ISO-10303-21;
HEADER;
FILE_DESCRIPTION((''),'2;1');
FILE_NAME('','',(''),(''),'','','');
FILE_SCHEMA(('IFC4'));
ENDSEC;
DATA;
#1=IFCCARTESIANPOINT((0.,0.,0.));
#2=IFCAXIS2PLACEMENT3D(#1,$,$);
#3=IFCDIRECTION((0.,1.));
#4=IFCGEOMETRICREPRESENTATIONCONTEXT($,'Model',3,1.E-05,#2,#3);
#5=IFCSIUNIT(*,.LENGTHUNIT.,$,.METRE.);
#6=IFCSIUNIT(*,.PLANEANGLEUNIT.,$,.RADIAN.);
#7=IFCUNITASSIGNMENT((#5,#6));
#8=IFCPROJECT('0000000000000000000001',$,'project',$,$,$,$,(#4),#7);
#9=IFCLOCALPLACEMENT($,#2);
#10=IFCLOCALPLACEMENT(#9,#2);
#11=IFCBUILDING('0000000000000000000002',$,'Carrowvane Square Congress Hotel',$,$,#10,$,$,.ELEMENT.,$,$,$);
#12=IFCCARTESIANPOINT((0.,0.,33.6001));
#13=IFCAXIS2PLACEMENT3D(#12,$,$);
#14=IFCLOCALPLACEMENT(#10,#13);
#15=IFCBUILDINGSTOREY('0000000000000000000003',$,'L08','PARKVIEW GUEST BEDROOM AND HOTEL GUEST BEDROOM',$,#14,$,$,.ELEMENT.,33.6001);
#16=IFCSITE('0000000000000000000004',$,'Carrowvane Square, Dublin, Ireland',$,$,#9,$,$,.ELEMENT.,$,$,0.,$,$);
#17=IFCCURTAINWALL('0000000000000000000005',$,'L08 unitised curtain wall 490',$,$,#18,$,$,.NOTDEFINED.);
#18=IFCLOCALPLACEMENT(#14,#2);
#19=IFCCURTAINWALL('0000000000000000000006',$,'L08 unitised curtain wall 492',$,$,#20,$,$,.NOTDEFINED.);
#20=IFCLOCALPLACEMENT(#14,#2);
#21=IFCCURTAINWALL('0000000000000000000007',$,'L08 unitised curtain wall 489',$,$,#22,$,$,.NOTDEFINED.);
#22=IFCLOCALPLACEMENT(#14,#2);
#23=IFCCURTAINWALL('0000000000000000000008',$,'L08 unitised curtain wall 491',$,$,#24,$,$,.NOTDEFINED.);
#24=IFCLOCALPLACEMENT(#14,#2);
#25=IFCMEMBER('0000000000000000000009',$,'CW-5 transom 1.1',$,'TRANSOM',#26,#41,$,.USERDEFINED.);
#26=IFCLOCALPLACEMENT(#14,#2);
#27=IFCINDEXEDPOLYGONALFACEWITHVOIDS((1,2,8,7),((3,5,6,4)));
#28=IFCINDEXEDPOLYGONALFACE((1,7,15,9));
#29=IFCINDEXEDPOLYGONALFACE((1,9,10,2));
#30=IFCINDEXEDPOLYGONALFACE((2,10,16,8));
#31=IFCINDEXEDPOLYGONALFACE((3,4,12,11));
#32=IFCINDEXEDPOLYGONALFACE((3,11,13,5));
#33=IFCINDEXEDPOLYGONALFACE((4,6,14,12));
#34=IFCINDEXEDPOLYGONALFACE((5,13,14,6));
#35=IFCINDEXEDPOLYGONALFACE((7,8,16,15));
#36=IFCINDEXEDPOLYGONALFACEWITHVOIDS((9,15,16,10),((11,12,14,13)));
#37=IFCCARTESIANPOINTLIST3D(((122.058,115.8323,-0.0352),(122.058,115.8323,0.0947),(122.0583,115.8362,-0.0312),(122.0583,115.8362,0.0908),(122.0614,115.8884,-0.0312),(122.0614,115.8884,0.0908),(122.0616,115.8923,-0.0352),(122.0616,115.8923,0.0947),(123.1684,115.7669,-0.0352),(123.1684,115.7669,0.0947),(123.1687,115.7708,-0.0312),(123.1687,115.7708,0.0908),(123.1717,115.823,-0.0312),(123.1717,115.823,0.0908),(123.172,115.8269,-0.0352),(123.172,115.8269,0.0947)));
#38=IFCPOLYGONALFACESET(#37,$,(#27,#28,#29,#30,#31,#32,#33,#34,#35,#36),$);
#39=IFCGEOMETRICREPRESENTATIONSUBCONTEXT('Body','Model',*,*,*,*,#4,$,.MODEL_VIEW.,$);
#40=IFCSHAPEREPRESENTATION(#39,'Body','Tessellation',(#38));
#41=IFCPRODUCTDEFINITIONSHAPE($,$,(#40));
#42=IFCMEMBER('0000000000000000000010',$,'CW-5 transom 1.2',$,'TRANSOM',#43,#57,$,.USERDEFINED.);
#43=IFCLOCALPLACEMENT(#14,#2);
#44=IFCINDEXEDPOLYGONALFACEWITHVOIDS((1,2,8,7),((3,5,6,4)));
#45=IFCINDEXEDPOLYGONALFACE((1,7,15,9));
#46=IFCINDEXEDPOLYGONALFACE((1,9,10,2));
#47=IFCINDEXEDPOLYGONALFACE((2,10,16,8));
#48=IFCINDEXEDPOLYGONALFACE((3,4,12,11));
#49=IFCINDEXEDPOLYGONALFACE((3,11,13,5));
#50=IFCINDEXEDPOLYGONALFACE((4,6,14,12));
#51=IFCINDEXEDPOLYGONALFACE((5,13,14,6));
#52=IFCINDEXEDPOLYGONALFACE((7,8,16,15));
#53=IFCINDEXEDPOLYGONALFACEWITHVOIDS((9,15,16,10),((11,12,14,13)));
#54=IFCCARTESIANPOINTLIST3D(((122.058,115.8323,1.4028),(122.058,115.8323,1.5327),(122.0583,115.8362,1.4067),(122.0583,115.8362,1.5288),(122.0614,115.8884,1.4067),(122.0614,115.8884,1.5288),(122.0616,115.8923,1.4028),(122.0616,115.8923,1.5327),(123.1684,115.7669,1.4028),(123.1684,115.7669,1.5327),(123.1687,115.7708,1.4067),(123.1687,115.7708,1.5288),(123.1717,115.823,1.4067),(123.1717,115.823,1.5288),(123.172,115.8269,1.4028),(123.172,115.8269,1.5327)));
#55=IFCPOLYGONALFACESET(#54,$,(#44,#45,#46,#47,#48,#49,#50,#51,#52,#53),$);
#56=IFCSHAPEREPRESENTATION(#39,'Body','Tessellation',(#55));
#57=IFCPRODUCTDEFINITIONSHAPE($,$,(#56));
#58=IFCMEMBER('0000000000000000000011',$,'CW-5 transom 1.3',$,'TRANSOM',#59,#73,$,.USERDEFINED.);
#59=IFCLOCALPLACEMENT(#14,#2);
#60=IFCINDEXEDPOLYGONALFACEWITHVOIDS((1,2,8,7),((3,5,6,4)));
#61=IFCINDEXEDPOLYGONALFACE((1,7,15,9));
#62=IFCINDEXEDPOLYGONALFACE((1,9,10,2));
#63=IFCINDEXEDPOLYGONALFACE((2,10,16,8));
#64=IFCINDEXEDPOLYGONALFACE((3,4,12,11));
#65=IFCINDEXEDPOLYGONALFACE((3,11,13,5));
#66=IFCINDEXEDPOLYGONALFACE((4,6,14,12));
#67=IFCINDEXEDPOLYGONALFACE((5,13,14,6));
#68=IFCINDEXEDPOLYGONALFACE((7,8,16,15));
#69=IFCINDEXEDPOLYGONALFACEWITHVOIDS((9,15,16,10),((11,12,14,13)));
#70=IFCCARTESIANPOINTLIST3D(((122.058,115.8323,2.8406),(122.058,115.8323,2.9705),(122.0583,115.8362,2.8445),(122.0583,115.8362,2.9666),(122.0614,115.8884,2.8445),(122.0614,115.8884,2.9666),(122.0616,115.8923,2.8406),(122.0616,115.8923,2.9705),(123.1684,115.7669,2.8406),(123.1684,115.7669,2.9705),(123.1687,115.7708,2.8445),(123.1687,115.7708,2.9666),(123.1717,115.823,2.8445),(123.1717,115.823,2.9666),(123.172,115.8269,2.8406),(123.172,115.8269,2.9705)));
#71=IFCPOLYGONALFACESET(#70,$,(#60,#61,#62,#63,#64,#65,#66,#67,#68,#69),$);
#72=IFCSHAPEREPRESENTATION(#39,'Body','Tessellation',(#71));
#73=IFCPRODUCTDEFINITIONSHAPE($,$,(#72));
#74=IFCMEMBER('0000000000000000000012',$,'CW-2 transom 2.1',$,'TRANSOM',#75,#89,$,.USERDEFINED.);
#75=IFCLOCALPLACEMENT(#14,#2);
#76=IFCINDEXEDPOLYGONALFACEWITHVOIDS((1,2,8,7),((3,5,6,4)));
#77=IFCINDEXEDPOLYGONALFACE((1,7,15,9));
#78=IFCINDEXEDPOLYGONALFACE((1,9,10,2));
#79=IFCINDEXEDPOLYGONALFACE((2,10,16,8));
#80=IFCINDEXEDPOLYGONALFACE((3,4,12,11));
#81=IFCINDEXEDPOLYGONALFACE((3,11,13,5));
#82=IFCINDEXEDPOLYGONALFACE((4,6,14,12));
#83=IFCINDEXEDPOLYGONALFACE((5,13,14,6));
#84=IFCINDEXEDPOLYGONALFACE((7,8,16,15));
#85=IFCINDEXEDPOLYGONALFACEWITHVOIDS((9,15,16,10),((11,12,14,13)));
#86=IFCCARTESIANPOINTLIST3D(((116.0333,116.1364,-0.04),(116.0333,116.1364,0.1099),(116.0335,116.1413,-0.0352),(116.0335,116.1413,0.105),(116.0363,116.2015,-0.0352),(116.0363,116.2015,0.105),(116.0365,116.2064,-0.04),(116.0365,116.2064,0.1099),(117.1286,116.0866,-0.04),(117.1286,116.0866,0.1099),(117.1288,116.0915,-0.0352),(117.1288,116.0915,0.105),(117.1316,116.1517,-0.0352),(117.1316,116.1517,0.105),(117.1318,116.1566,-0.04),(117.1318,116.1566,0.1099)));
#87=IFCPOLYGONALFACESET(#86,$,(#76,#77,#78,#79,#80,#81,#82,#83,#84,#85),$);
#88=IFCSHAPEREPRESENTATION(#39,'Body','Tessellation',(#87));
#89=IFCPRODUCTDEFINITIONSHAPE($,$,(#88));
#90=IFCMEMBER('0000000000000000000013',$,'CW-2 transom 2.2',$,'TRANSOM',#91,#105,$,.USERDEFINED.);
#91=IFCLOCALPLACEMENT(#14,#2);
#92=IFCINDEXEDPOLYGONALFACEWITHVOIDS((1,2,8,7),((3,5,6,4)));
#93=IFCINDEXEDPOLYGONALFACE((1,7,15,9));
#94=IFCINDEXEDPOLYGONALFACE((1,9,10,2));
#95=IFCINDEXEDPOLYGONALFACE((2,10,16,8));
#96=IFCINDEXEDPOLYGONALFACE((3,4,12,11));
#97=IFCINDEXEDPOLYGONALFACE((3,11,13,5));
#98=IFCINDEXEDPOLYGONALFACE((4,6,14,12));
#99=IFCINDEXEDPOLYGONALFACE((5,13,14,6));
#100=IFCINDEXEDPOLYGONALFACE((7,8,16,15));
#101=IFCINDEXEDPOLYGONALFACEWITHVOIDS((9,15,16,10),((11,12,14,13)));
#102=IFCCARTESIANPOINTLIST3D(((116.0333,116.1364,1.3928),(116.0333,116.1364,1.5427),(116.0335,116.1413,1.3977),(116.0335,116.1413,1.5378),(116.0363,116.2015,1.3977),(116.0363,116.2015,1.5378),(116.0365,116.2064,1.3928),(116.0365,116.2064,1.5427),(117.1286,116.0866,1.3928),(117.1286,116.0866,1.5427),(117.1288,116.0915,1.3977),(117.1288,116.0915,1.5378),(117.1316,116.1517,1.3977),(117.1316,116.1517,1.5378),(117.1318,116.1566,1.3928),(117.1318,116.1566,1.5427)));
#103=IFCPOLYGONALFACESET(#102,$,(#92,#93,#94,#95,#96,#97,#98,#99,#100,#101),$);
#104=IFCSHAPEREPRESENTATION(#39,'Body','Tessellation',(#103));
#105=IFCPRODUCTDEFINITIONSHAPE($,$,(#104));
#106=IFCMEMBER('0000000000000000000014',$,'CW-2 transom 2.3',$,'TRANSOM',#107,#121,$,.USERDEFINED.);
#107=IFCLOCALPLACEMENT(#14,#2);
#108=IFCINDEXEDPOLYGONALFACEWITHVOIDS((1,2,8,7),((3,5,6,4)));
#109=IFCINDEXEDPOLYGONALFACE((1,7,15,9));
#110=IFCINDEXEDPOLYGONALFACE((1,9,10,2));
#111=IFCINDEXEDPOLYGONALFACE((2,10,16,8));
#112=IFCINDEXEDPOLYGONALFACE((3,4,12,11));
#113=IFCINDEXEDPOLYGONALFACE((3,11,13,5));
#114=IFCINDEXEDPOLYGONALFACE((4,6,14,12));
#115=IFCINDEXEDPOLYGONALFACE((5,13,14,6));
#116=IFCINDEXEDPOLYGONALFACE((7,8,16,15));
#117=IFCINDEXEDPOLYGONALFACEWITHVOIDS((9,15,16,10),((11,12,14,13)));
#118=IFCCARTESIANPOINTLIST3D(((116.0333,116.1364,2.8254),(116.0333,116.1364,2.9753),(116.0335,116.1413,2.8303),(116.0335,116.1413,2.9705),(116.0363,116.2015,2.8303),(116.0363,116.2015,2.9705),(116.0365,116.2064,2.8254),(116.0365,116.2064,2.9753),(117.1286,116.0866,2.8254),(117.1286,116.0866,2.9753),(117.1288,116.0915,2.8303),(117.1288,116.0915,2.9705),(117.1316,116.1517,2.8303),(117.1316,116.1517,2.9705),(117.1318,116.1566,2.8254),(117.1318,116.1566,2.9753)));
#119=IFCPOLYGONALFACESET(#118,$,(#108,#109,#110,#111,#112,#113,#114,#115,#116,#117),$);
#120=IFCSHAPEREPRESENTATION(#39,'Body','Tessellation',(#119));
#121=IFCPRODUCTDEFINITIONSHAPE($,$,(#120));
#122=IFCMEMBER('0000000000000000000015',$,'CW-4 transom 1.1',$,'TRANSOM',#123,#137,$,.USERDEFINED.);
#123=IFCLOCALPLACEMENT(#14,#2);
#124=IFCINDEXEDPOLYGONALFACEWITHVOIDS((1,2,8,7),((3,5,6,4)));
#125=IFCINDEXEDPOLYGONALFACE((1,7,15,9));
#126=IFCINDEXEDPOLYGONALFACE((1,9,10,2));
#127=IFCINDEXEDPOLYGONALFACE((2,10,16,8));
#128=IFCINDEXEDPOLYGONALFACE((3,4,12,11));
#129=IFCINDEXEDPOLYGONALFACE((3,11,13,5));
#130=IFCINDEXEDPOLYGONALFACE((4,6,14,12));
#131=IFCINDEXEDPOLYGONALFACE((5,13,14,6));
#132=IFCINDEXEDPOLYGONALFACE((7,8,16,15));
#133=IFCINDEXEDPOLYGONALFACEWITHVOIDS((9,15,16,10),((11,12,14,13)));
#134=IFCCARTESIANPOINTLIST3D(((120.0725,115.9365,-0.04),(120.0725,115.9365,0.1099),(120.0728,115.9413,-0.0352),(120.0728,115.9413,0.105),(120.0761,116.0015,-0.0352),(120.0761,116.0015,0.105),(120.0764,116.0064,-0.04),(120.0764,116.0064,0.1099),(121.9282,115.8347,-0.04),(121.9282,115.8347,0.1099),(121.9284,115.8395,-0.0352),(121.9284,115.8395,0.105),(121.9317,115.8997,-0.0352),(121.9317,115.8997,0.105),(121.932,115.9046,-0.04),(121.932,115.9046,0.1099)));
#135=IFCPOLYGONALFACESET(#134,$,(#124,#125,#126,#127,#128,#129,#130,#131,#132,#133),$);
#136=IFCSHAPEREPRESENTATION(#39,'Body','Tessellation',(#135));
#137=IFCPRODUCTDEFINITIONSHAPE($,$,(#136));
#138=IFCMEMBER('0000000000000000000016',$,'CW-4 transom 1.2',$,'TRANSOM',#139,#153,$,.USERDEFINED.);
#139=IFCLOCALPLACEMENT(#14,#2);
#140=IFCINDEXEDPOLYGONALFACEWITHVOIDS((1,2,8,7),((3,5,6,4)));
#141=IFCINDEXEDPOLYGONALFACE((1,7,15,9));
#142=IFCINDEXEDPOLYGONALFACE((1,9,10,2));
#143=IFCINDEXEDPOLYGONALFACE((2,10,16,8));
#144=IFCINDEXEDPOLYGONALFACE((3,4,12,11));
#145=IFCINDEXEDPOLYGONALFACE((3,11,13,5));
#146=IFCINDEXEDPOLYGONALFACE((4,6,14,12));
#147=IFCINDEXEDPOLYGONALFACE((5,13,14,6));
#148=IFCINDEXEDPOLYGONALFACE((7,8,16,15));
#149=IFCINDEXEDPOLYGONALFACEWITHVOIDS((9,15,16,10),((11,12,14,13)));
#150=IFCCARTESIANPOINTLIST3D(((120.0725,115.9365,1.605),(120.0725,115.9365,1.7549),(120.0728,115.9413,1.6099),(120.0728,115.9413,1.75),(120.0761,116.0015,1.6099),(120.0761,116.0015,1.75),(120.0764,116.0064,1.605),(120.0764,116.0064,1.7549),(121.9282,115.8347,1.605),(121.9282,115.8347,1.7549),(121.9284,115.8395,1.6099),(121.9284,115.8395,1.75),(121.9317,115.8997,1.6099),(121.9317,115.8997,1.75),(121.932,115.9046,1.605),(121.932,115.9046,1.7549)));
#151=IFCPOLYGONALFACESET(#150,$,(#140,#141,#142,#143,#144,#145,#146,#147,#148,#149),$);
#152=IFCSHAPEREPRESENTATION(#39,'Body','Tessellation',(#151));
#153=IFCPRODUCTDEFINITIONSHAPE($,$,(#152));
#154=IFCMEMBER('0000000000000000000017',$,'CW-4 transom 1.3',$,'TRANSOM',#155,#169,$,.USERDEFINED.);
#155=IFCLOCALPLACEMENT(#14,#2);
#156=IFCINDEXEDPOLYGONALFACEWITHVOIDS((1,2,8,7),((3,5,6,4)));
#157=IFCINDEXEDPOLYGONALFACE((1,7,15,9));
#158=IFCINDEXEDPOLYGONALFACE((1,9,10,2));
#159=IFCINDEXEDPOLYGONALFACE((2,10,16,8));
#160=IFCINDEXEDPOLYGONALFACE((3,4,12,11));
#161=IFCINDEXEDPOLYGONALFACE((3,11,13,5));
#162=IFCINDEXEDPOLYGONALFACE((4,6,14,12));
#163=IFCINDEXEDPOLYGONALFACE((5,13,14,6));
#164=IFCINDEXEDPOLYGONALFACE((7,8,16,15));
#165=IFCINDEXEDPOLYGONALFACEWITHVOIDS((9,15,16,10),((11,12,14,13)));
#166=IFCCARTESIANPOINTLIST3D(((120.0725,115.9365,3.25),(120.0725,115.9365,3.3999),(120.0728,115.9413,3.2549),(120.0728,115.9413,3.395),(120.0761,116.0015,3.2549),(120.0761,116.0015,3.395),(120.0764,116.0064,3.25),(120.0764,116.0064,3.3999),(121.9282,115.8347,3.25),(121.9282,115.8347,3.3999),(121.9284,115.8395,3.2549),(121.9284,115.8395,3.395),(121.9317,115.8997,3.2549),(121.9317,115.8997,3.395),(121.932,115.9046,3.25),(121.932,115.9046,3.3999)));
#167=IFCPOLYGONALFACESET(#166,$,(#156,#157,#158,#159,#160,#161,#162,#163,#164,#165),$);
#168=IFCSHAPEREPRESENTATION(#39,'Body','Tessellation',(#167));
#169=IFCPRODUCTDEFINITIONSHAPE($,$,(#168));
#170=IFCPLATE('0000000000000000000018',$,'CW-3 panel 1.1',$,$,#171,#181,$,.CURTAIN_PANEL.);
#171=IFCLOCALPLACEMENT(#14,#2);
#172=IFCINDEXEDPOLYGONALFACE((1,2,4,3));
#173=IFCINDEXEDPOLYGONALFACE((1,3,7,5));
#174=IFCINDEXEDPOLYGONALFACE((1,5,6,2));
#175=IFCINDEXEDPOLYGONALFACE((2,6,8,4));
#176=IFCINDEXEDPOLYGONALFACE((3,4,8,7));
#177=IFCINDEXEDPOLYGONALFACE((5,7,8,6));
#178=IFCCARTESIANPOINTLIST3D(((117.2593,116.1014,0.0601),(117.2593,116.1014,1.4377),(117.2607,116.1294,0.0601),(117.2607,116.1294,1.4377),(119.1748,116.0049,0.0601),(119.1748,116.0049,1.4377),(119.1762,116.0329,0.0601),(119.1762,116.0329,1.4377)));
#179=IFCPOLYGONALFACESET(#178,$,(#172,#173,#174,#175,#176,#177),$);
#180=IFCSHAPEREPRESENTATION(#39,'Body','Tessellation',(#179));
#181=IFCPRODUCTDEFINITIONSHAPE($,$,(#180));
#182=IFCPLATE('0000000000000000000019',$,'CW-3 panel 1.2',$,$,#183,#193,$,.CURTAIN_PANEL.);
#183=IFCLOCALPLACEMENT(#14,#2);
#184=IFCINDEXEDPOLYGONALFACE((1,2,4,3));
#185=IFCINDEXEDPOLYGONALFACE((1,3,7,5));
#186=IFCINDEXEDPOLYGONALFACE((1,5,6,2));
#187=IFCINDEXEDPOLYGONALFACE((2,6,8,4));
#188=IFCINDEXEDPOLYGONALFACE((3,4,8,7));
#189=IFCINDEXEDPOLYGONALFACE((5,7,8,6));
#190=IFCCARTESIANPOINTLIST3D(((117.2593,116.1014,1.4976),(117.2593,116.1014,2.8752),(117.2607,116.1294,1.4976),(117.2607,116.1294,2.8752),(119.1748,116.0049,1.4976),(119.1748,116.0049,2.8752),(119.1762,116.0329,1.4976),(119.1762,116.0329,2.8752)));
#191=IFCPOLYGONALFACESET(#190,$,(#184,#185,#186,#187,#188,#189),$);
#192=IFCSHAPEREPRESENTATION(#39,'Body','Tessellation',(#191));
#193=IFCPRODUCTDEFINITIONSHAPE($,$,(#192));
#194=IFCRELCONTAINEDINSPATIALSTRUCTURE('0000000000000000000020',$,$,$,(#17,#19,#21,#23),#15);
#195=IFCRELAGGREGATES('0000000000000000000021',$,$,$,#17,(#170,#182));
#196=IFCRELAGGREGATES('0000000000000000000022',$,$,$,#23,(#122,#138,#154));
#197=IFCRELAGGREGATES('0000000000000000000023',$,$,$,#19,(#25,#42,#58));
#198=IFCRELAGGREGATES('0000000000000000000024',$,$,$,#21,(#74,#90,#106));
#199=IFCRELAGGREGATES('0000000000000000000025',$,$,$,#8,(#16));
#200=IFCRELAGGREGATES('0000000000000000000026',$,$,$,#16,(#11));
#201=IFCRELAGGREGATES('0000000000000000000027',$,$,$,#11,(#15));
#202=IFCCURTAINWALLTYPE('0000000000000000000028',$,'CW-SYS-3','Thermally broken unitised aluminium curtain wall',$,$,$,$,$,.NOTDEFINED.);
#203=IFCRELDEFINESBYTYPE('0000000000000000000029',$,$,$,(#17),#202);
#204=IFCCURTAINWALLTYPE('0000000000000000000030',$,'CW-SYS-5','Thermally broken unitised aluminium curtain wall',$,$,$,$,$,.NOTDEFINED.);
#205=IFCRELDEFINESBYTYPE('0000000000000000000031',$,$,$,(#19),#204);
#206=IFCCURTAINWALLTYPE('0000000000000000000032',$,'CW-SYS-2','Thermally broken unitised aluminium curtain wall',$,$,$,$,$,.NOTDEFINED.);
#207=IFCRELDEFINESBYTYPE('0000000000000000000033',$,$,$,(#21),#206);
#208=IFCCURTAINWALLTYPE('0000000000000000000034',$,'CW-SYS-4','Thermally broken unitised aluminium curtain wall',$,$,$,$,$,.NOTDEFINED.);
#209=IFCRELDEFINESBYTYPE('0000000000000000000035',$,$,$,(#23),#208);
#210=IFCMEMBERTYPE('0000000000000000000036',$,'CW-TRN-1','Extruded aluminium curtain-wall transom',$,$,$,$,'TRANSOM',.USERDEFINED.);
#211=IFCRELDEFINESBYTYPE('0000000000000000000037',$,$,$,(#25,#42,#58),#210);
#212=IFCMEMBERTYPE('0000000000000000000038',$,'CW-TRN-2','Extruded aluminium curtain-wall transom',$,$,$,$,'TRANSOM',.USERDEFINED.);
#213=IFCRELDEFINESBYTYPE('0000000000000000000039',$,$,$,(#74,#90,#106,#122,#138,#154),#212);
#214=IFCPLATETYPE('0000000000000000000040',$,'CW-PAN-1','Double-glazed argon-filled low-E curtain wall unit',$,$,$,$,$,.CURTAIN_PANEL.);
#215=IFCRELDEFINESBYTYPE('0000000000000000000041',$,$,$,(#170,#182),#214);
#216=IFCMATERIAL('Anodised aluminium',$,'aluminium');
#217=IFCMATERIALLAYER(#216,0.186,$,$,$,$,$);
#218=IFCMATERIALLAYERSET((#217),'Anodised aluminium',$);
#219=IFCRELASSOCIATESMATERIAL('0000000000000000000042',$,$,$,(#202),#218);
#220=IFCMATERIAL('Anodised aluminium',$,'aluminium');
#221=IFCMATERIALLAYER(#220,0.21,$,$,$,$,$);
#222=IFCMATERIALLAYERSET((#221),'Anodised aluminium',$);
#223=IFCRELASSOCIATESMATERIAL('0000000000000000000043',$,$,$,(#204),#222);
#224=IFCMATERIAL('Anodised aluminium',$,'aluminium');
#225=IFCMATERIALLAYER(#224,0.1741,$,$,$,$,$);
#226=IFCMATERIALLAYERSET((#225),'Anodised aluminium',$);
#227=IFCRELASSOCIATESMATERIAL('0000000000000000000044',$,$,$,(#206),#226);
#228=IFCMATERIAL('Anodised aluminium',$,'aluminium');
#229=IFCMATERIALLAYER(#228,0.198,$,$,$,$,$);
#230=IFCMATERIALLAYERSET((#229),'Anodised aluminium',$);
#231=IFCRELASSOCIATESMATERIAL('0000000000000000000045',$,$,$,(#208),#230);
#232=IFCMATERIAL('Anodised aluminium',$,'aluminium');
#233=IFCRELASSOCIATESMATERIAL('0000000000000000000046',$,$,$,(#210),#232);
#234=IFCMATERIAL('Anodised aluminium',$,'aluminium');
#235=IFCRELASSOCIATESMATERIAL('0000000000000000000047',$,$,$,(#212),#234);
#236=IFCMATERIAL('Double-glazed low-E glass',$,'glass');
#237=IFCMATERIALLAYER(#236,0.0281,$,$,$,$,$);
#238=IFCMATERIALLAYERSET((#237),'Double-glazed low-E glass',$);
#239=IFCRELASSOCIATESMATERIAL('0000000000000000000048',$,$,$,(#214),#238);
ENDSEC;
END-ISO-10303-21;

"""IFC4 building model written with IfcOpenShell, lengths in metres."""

from ifc_helpers import new_model, si_unit, direction, frame, origin, origin_2d, place, context, subcontext, project, spatial, rectangle, hollow_rectangle, extrude, material, layer, layer_set, material_profile, profile_set, type_object, element, aggregate, save


model = new_model("IFC4")

# Units and contexts
model_context = context("Model", 3, precision=1e-05, world=origin(), true_north=direction((0.0, 1.0)))
body_context = subcontext(model_context, "Body", "Model", "MODEL_VIEW")
ifc_project = project(units=[si_unit("LENGTHUNIT", "METRE"), si_unit("PLANEANGLEUNIT", "RADIAN")], contexts=[model_context])

# Site, building, storey
site_placement = place(None, origin())
site = spatial("IfcSite", under=ifc_project, at=site_placement, Name="Carrowvane Square, Dublin, Ireland", CompositionType="ELEMENT", RefElevation=0.0)
building_placement = place(site_placement, origin())
building = spatial("IfcBuilding", under=site, at=building_placement, Name="Carrowvane Square Congress Hotel", CompositionType="ELEMENT")
storey_placement = place(building_placement, frame((0.0, 0.0, 33.6001)))
storey = spatial("IfcBuildingStorey", under=building, at=storey_placement, Name="L08", Description="PARKVIEW GUEST BEDROOM AND HOTEL GUEST BEDROOM", CompositionType="ELEMENT", Elevation=33.6001)

# Curtain wall
ifc_material_1 = material(Name="Anodised aluminium", Category="aluminium")
ifc_layer_1 = layer(ifc_material_1, 0.186)
ifc_layer_set_1 = layer_set([ifc_layer_1], Name="Anodised aluminium")
curtain_wall_type_1 = type_object("IfcCurtainWallType", Name="CW-SYS-3", Description="Thermally broken unitised aluminium curtain wall", PredefinedType="NOTDEFINED", material=ifc_layer_set_1)
curtain_wall_1_placement = place(storey_placement, origin())
curtain_wall_1 = element("IfcCurtainWall", 1, at=curtain_wall_1_placement, inside=storey, type_object=curtain_wall_type_1, Name="L08 unitised curtain wall 490", PredefinedType="NOTDEFINED")

# Curtain wall
ifc_material_2 = material(Name="Anodised aluminium", Category="aluminium")
ifc_layer_2 = layer(ifc_material_2, 0.21)
ifc_layer_set_2 = layer_set([ifc_layer_2], Name="Anodised aluminium")
curtain_wall_type_2 = type_object("IfcCurtainWallType", Name="CW-SYS-5", Description="Thermally broken unitised aluminium curtain wall", PredefinedType="NOTDEFINED", material=ifc_layer_set_2)
curtain_wall_2_placement = place(storey_placement, origin())
curtain_wall_2 = element("IfcCurtainWall", 2, at=curtain_wall_2_placement, inside=storey, type_object=curtain_wall_type_2, Name="L08 unitised curtain wall 492", PredefinedType="NOTDEFINED")

# Curtain walls
ifc_material_3 = material(Name="Anodised aluminium", Category="aluminium")
ifc_layer_3 = layer(ifc_material_3, 0.1741)
ifc_layer_set_3 = layer_set([ifc_layer_3], Name="Anodised aluminium")
curtain_wall_type_3 = type_object("IfcCurtainWallType", Name="CW-SYS-2", Description="Thermally broken unitised aluminium curtain wall", PredefinedType="NOTDEFINED", material=ifc_layer_set_3)
curtain_wall_3_placement = place(storey_placement, origin())
curtain_wall_3 = element("IfcCurtainWall", 3, at=curtain_wall_3_placement, inside=storey, type_object=curtain_wall_type_3, Name="L08 unitised curtain wall 489", PredefinedType="NOTDEFINED")
ifc_material_4 = material(Name="Anodised aluminium", Category="aluminium")
ifc_layer_4 = layer(ifc_material_4, 0.198)
ifc_layer_set_4 = layer_set([ifc_layer_4], Name="Anodised aluminium")
curtain_wall_type_4 = type_object("IfcCurtainWallType", Name="CW-SYS-4", Description="Thermally broken unitised aluminium curtain wall", PredefinedType="NOTDEFINED", material=ifc_layer_set_4)
curtain_wall_4_placement = place(storey_placement, origin())
curtain_wall_4 = element("IfcCurtainWall", 4, at=curtain_wall_4_placement, inside=storey, type_object=curtain_wall_type_4, Name="L08 unitised curtain wall 491", PredefinedType="NOTDEFINED")

# Members
ifc_material_5 = material(Name="Anodised aluminium", Category="aluminium")
ifc_material_profile_1 = material_profile(ifc_material_5, hollow_rectangle(XDim=0.0601, YDim=0.1299, WallThickness=0.0039, at=origin_2d()), Name="CW-TR 60x130x4")
ifc_profile_set_1 = profile_set([ifc_material_profile_1], Name="Anodised aluminium")
member_type_1 = type_object("IfcMemberType", Name="CW-TRN-1", Description="Extruded aluminium curtain-wall transom", ElementType="TRANSOM", PredefinedType="USERDEFINED", material=ifc_profile_set_1)
member_1_placement = place(storey_placement, frame((122.0598, 115.8623, 0.0298), z_axis=(0.998268, -0.058825, 0.0), x_axis=(0.058825, 0.998268, 0.0)))
member_1 = element("IfcMember", 5, at=member_1_placement, type_object=member_type_1, Name="CW-5 transom 1.1", ObjectType="TRANSOM", PredefinedType="USERDEFINED", context=body_context, shape_type="SweptSolid", body=[
    extrude(hollow_rectangle(XDim=0.0601, YDim=0.1299, WallThickness=0.0039, at=origin_2d()), origin(), (0.0, 0.0, 1.0), 1.1123),
])
member_2_placement = place(storey_placement, frame((122.0598, 115.8623, 1.4678), z_axis=(0.998268, -0.058825, 0.0), x_axis=(0.058825, 0.998268, 0.0)))
member_2 = element("IfcMember", 6, at=member_2_placement, type_object=member_type_1, Name="CW-5 transom 1.2", ObjectType="TRANSOM", PredefinedType="USERDEFINED", context=body_context, shape_type="SweptSolid", body=[
    extrude(hollow_rectangle(XDim=0.0601, YDim=0.1299, WallThickness=0.0039, at=origin_2d()), origin(), (0.0, 0.0, 1.0), 1.1123),
])
member_3_placement = place(storey_placement, frame((122.0598, 115.8623, 2.9055), z_axis=(0.998268, -0.058825, 0.0), x_axis=(0.058825, 0.998268, 0.0)))
member_3 = element("IfcMember", 7, at=member_3_placement, type_object=member_type_1, Name="CW-5 transom 1.3", ObjectType="TRANSOM", PredefinedType="USERDEFINED", context=body_context, shape_type="SweptSolid", body=[
    extrude(hollow_rectangle(XDim=0.0601, YDim=0.1299, WallThickness=0.0039, at=origin_2d()), origin(), (0.0, 0.0, 1.0), 1.1123),
])
ifc_material_6 = material(Name="Anodised aluminium", Category="aluminium")
ifc_material_profile_2 = material_profile(ifc_material_6, hollow_rectangle(XDim=0.0701, YDim=0.1499, WallThickness=0.0049, at=origin_2d()), Name="CW-TR 70x150x5")
ifc_profile_set_2 = profile_set([ifc_material_profile_2], Name="Anodised aluminium")
member_type_2 = type_object("IfcMemberType", Name="CW-TRN-2", Description="Extruded aluminium curtain-wall transom", ElementType="TRANSOM", PredefinedType="USERDEFINED", material=ifc_profile_set_2)
member_4_placement = place(storey_placement, frame((116.0349, 116.1714, 0.0349), z_axis=(0.998968, -0.045428, 0.0), x_axis=(0.045428, 0.998968, 0.0)))
member_4 = element("IfcMember", 8, at=member_4_placement, type_object=member_type_2, Name="CW-2 transom 2.1", ObjectType="TRANSOM", PredefinedType="USERDEFINED", context=body_context, shape_type="SweptSolid", body=[
    extrude(hollow_rectangle(XDim=0.0701, YDim=0.1499, WallThickness=0.0049, at=origin_2d()), origin(), (0.0, 0.0, 1.0), 1.0964),
])
member_5_placement = place(storey_placement, frame((116.0349, 116.1714, 1.4678), z_axis=(0.998968, -0.045428, 0.0), x_axis=(0.045428, 0.998968, 0.0)))
member_5 = element("IfcMember", 9, at=member_5_placement, type_object=member_type_2, Name="CW-2 transom 2.2", ObjectType="TRANSOM", PredefinedType="USERDEFINED", context=body_context, shape_type="SweptSolid", body=[
    extrude(hollow_rectangle(XDim=0.0701, YDim=0.1499, WallThickness=0.0049, at=origin_2d()), origin(), (0.0, 0.0, 1.0), 1.0964),
])
member_6_placement = place(storey_placement, frame((116.0349, 116.1714, 2.9004), z_axis=(0.998968, -0.045428, 0.0), x_axis=(0.045428, 0.998968, 0.0)))
member_6 = element("IfcMember", 10, at=member_6_placement, type_object=member_type_2, Name="CW-2 transom 2.3", ObjectType="TRANSOM", PredefinedType="USERDEFINED", context=body_context, shape_type="SweptSolid", body=[
    extrude(hollow_rectangle(XDim=0.0701, YDim=0.1499, WallThickness=0.0049, at=origin_2d()), origin(), (0.0, 0.0, 1.0), 1.0964),
])
member_7_placement = place(storey_placement, frame((120.0745, 115.9714, 0.0349), z_axis=(0.998499, -0.054779, 0.0), x_axis=(0.054779, 0.998499, 0.0)))
member_7 = element("IfcMember", 11, at=member_7_placement, type_object=member_type_2, Name="CW-4 transom 1.1", ObjectType="TRANSOM", PredefinedType="USERDEFINED", context=body_context, shape_type="SweptSolid", body=[
    extrude(hollow_rectangle(XDim=0.0701, YDim=0.1499, WallThickness=0.0049, at=origin_2d()), origin(), (0.0, 0.0, 1.0), 1.8584),
])
member_8_placement = place(storey_placement, frame((120.0745, 115.9714, 1.6799), z_axis=(0.998499, -0.054779, 0.0), x_axis=(0.054779, 0.998499, 0.0)))
member_8 = element("IfcMember", 12, at=member_8_placement, type_object=member_type_2, Name="CW-4 transom 1.2", ObjectType="TRANSOM", PredefinedType="USERDEFINED", context=body_context, shape_type="SweptSolid", body=[
    extrude(hollow_rectangle(XDim=0.0701, YDim=0.1499, WallThickness=0.0049, at=origin_2d()), origin(), (0.0, 0.0, 1.0), 1.8584),
])
member_9_placement = place(storey_placement, frame((120.0745, 115.9714, 3.325), z_axis=(0.998499, -0.054779, 0.0), x_axis=(0.054779, 0.998499, 0.0)))
member_9 = element("IfcMember", 13, at=member_9_placement, type_object=member_type_2, Name="CW-4 transom 1.3", ObjectType="TRANSOM", PredefinedType="USERDEFINED", context=body_context, shape_type="SweptSolid", body=[
    extrude(hollow_rectangle(XDim=0.0701, YDim=0.1499, WallThickness=0.0049, at=origin_2d()), origin(), (0.0, 0.0, 1.0), 1.8584),
])

# Plates
ifc_material_7 = material(Name="Double-glazed low-E glass", Category="glass")
ifc_layer_5 = layer(ifc_material_7, 0.0281)
ifc_layer_set_5 = layer_set([ifc_layer_5], Name="Double-glazed low-E glass")
plate_type_1 = type_object("IfcPlateType", Name="CW-PAN-1", Description="Double-glazed argon-filled low-E curtain wall unit", PredefinedType="CURTAIN_PANEL", material=ifc_layer_set_5)
plate_1_placement = place(storey_placement, frame((118.2178, 116.0671, 0.0601), z_axis=(0.0, 0.0, 1.0), x_axis=(0.998733, -0.050324, 0.0)))
plate_1 = element("IfcPlate", 14, at=plate_1_placement, type_object=plate_type_1, Name="CW-3 panel 1.1", PredefinedType="CURTAIN_PANEL", context=body_context, shape_type="SweptSolid", body=[
    extrude(rectangle(XDim=1.918, YDim=0.0281, at=origin_2d()), origin(), (0.0, 0.0, 1.0), 1.3777),
])
plate_2_placement = place(storey_placement, frame((118.2178, 116.0671, 1.4976), z_axis=(0.0, 0.0, 1.0), x_axis=(0.998733, -0.050324, 0.0)))
plate_2 = element("IfcPlate", 15, at=plate_2_placement, type_object=plate_type_1, Name="CW-3 panel 1.2", PredefinedType="CURTAIN_PANEL", context=body_context, shape_type="SweptSolid", body=[
    extrude(rectangle(XDim=1.918, YDim=0.0281, at=origin_2d()), origin(), (0.0, 0.0, 1.0), 1.3777),
])
aggregate(curtain_wall_1, [plate_1, plate_2])
aggregate(curtain_wall_4, [member_7, member_8, member_9])
aggregate(curtain_wall_2, [member_1, member_2, member_3])
aggregate(curtain_wall_3, [member_4, member_5, member_6])

save(model, "model.ifc")
